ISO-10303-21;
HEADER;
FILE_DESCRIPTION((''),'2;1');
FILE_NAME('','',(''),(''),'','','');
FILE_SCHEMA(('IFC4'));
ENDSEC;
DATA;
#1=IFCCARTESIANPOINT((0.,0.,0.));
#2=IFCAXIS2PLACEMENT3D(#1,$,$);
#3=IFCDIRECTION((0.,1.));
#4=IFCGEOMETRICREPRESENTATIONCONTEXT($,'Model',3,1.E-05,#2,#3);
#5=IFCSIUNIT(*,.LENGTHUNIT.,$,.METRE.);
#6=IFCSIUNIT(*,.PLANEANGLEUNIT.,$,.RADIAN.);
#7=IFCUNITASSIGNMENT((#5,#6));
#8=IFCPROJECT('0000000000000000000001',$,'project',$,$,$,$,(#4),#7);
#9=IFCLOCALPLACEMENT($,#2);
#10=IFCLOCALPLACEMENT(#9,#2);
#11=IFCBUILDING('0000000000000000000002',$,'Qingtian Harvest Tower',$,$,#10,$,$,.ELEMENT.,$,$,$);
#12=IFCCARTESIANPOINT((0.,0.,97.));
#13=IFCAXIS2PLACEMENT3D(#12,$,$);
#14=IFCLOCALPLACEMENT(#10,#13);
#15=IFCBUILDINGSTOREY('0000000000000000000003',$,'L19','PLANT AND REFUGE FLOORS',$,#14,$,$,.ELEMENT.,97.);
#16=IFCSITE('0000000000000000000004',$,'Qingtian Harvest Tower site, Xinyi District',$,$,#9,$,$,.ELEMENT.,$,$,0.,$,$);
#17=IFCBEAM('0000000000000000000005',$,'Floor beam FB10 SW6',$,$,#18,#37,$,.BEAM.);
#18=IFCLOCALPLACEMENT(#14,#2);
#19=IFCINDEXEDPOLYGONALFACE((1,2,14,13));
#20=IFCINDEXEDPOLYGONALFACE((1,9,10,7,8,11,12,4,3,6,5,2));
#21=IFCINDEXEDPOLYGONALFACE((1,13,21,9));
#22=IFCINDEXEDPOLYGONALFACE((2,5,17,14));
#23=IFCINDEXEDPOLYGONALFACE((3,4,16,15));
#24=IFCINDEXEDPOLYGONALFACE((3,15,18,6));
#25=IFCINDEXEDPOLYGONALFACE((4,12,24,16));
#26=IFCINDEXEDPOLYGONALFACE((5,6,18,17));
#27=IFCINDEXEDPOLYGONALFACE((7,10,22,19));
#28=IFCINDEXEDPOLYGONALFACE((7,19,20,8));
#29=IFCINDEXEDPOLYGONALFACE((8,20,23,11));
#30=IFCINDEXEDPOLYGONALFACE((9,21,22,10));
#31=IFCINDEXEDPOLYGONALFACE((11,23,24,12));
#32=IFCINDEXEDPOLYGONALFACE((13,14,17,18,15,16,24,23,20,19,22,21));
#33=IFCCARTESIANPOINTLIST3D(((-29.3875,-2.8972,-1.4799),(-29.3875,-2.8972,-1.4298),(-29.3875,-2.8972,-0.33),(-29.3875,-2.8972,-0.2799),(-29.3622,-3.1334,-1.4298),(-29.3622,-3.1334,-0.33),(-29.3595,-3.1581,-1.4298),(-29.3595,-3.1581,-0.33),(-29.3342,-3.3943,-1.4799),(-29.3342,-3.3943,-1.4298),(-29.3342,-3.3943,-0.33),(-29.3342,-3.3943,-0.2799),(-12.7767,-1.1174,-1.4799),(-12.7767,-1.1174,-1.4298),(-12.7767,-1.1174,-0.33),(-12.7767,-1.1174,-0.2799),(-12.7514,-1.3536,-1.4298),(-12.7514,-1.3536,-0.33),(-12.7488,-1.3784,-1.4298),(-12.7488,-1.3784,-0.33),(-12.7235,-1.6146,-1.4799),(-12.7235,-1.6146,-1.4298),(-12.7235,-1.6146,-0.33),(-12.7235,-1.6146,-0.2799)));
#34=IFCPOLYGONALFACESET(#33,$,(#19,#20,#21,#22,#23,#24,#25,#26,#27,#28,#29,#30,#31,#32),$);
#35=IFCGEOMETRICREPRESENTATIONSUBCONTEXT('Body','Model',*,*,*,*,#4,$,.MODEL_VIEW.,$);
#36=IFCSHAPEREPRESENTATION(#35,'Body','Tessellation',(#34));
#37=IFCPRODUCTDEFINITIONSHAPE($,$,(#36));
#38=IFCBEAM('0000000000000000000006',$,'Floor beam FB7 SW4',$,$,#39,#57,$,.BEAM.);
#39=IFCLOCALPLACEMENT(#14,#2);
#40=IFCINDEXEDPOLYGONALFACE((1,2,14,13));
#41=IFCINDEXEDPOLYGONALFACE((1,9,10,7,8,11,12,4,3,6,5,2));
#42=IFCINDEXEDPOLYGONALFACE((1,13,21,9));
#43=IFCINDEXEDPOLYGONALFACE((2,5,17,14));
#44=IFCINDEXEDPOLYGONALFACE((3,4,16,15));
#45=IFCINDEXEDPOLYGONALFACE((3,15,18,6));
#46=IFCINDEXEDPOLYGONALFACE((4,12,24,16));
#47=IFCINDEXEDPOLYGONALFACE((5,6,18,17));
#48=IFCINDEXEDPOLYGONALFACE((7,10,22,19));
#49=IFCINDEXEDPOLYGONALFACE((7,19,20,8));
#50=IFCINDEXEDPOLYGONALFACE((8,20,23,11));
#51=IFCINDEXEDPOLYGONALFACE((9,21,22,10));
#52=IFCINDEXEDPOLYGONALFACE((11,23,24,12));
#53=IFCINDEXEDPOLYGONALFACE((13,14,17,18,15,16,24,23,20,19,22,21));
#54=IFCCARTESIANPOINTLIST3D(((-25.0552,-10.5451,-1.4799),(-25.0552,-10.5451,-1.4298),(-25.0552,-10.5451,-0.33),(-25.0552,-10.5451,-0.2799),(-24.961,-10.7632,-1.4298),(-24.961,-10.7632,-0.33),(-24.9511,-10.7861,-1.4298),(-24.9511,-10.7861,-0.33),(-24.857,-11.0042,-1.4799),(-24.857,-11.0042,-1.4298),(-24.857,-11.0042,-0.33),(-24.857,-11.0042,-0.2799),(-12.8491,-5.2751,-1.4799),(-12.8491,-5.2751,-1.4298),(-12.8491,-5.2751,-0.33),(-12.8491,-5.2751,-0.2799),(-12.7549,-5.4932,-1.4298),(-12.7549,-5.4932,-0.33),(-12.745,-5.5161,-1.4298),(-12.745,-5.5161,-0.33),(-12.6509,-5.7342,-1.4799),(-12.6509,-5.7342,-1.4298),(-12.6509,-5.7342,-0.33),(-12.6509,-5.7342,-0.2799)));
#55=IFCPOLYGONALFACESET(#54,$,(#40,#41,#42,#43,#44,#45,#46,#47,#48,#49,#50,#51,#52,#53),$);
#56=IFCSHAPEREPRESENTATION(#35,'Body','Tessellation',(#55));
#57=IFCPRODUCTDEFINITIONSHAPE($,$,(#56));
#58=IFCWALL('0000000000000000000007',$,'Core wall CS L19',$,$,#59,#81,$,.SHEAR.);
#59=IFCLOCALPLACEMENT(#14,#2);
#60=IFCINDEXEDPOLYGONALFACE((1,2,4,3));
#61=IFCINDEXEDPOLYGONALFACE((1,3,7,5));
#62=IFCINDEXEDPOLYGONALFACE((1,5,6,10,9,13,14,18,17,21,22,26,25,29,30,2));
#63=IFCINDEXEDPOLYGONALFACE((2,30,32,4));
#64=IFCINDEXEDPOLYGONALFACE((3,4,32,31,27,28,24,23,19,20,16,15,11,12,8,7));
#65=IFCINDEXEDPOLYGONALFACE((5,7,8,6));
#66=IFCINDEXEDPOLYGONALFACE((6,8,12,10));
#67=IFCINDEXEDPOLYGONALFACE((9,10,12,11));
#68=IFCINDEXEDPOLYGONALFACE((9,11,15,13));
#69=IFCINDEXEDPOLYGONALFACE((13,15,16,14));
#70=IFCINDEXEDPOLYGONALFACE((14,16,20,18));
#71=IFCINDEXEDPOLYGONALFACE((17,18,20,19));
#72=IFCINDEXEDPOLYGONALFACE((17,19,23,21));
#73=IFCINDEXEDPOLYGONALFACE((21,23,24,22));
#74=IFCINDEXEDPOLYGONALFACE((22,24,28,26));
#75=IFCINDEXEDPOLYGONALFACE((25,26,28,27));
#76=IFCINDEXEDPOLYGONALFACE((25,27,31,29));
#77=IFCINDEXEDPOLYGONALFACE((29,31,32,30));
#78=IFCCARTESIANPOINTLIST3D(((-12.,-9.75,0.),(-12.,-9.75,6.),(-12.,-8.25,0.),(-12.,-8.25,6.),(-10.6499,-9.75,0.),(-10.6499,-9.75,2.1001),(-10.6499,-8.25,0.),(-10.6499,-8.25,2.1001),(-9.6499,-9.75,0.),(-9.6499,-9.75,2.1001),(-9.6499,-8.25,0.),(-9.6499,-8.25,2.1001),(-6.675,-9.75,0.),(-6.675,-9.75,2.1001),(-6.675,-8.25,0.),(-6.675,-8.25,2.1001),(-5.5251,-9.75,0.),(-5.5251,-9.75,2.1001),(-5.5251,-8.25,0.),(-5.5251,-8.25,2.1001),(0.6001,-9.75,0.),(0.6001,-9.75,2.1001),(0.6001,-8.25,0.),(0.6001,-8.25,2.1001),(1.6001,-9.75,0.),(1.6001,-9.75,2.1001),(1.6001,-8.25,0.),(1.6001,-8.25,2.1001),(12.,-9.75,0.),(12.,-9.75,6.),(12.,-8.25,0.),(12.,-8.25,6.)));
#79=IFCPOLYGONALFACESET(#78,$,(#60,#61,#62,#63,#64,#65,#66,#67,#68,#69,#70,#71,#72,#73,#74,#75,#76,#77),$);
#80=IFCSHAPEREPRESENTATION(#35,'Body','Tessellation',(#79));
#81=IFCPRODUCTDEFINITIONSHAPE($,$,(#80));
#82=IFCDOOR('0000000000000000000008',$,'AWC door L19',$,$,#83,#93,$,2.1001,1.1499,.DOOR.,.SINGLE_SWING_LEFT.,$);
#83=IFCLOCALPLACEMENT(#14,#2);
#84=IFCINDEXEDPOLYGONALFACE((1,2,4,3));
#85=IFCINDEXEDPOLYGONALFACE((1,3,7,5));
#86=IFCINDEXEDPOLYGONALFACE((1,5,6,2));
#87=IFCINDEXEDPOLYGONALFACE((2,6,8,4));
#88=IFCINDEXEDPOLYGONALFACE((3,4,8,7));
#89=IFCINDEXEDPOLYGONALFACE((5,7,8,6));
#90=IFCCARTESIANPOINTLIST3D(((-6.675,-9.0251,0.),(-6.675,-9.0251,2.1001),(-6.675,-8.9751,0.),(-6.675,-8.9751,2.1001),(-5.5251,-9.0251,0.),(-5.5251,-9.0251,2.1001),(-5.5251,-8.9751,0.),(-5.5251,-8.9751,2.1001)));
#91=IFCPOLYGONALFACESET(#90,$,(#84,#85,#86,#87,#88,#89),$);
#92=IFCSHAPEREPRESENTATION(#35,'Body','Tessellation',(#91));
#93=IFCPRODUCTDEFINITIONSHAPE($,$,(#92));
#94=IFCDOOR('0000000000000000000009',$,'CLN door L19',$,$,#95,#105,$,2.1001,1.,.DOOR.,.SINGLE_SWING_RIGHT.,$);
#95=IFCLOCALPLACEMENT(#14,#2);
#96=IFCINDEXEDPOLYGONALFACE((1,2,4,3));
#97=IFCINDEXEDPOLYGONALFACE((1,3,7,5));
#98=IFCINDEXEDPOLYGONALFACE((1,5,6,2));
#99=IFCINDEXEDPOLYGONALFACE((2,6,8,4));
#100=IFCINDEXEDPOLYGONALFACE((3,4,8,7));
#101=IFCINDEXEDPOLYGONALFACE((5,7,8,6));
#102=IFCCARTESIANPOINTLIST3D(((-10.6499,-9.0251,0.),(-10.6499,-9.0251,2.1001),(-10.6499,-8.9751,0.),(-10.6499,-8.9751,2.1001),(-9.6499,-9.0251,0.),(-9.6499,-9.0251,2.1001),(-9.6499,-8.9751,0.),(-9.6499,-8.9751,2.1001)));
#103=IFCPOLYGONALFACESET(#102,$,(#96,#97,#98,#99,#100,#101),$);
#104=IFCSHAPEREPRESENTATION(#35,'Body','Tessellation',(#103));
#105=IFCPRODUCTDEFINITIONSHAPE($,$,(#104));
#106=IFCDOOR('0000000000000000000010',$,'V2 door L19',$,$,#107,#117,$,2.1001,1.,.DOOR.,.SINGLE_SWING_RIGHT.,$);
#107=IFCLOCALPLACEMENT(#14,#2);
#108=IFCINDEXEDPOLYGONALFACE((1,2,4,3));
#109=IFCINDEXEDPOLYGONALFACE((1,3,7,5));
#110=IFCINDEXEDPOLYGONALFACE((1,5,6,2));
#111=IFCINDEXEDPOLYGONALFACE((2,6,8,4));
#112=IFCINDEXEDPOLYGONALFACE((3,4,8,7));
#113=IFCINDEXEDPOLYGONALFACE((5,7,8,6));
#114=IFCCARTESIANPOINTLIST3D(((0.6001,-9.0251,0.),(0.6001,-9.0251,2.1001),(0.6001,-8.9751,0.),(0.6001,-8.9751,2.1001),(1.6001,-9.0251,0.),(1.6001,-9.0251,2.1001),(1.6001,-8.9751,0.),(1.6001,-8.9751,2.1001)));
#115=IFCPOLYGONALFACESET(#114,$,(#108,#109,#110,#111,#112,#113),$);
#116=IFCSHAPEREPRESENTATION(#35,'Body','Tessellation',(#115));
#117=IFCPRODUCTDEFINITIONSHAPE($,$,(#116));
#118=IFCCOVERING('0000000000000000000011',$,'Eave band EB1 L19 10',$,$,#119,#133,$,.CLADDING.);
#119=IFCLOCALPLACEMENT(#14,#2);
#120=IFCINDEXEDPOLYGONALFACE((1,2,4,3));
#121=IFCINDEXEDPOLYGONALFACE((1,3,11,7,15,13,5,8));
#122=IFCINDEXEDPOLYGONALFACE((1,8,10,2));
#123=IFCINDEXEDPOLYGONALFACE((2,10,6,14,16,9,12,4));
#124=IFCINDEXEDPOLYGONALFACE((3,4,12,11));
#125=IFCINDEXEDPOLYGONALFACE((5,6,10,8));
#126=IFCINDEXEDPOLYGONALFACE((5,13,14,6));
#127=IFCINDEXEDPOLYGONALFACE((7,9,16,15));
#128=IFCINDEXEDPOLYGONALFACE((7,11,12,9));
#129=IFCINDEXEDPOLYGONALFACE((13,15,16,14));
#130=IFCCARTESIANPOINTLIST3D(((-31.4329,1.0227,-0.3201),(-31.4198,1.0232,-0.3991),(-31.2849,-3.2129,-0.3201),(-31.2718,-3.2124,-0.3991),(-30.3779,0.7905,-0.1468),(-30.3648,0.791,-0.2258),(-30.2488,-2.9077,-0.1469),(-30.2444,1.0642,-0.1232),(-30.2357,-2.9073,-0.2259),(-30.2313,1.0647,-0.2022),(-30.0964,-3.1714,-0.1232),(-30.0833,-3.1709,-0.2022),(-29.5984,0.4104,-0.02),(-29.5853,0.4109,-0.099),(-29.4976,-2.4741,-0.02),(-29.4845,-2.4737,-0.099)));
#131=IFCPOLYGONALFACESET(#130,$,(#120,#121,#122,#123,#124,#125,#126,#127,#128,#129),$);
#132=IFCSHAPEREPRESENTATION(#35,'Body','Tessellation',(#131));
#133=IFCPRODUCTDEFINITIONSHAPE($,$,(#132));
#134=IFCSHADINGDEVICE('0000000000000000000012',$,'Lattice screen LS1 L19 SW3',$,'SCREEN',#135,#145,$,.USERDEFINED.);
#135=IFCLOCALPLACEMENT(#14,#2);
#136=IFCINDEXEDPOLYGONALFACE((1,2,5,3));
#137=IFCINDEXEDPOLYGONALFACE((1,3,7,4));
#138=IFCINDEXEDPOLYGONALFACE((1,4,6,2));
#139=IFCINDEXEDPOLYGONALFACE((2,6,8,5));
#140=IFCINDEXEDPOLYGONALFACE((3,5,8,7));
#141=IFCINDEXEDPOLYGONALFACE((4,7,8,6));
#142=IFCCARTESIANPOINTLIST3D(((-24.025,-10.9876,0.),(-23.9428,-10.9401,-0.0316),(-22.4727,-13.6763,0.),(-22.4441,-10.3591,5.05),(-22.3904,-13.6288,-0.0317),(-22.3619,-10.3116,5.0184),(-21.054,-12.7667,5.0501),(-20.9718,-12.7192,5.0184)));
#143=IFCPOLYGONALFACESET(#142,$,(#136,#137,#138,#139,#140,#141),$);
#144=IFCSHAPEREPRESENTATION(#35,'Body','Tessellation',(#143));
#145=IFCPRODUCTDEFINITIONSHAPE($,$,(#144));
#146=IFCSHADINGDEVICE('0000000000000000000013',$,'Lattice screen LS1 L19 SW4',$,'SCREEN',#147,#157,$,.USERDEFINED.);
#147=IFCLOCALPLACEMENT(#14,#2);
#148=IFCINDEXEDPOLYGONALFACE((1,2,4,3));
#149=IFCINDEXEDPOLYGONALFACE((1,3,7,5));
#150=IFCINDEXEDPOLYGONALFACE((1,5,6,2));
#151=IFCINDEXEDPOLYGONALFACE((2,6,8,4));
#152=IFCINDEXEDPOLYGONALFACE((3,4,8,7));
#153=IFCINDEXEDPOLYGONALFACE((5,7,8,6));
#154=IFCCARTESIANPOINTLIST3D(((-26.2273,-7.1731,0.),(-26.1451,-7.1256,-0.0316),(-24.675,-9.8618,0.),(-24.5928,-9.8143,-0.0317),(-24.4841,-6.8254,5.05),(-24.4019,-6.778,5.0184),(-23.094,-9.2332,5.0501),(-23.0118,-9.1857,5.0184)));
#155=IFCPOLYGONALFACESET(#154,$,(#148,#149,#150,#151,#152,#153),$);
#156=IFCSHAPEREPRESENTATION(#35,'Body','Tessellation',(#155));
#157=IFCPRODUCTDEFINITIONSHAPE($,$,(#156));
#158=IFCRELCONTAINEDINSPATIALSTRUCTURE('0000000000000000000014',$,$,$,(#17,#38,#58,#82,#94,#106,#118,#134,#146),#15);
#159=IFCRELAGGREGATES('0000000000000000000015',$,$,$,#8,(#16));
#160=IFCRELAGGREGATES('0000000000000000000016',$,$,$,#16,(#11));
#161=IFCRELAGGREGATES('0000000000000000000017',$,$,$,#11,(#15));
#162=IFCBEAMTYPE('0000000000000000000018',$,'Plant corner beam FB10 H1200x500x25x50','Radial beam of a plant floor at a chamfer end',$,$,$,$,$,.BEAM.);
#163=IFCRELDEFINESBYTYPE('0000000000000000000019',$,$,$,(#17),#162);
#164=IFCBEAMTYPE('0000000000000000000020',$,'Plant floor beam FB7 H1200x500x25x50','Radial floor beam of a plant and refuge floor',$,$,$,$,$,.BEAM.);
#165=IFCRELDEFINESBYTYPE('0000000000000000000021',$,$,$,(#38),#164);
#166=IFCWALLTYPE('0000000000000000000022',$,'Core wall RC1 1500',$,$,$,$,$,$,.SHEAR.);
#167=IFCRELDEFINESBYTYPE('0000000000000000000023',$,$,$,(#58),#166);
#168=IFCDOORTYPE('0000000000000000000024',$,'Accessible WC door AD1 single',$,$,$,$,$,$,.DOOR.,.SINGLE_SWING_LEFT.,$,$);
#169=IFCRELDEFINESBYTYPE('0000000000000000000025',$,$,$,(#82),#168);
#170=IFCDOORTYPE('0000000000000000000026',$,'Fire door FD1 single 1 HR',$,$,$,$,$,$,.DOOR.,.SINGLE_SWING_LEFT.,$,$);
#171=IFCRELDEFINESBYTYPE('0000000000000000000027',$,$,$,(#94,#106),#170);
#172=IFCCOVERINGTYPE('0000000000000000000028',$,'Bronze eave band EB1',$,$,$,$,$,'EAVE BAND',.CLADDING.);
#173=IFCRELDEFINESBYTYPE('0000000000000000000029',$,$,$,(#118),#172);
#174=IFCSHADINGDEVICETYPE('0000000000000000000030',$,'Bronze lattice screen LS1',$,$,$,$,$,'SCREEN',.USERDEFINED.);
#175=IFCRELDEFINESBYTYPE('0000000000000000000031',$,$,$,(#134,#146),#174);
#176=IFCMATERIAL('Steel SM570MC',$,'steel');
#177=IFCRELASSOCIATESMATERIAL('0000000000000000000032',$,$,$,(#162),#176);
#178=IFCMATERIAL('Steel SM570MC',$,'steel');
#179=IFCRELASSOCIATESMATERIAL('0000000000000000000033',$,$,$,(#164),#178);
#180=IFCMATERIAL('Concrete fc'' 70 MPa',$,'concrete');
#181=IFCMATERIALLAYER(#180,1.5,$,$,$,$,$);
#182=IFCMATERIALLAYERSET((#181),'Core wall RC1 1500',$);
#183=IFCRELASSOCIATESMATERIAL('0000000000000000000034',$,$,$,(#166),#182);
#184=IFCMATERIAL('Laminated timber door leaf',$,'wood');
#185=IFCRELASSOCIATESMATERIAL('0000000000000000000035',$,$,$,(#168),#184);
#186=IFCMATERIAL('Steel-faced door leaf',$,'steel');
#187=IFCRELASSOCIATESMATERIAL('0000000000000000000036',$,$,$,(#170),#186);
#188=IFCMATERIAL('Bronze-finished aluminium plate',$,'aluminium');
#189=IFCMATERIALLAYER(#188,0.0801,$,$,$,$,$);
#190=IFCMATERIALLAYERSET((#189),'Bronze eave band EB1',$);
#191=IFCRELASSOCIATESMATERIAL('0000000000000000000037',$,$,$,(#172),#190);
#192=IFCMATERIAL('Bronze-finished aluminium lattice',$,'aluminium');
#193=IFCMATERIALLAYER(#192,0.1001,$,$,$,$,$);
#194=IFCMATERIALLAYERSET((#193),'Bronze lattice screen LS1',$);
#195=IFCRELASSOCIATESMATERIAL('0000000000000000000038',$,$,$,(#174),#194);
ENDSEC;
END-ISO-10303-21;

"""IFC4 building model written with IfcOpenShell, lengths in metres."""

from ifc_helpers import new_model, si_unit, direction, frame, frame_2d, origin, origin_2d, place, context, subcontext, project, spatial, polyline, rectangle, i_section, outline, extrude, material, layer, layer_set, material_profile, profile_set, type_object, element, fill, save


model = new_model("IFC4")

# Units and contexts
model_context = context("Model", 3, precision=1e-05, world=origin(), true_north=direction((0.0, 1.0)))
body_context = subcontext(model_context, "Body", "Model", "MODEL_VIEW")
ifc_project = project(units=[si_unit("LENGTHUNIT", "METRE"), si_unit("PLANEANGLEUNIT", "RADIAN")], contexts=[model_context])

# Site, building, storey
site_placement = place(None, origin())
site = spatial("IfcSite", under=ifc_project, at=site_placement, Name="Qingtian Harvest Tower site, Xinyi District", CompositionType="ELEMENT", RefElevation=0.0)
building_placement = place(site_placement, origin())
building = spatial("IfcBuilding", under=site, at=building_placement, Name="Qingtian Harvest Tower", CompositionType="ELEMENT")
storey_placement = place(building_placement, frame((0.0, 0.0, 97.0)))
storey = spatial("IfcBuildingStorey", under=building, at=storey_placement, Name="L19", Description="PLANT AND REFUGE FLOORS", CompositionType="ELEMENT", Elevation=97.0)

# Beams
ifc_material_1 = material(Name="Steel SM570MC", Category="steel")
ifc_material_profile_1 = material_profile(ifc_material_1, i_section(OverallWidth=0.5, OverallDepth=1.2, WebThickness=0.0249, FlangeThickness=0.05, at=origin_2d()), Name="H1200x500x25x50")
ifc_profile_set_1 = profile_set([ifc_material_profile_1], Name="Steel SM570MC")
beam_type_1 = type_object("IfcBeamType", Name="Plant corner beam FB10 H1200x500x25x50", Description="Radial beam of a plant floor at a chamfer end", PredefinedType="BEAM", material=ifc_profile_set_1)
beam_1_placement = place(storey_placement, frame((-29.3608, -3.1458, -0.8799), z_axis=(0.994309, 0.106536, 0.0), x_axis=(-0.106536, 0.994309, 0.0)))
element("IfcBeam", 1, at=beam_1_placement, inside=storey, type_object=beam_type_1, Name="Floor beam FB10 SW6", PredefinedType="BEAM", context=body_context, shape_type="SweptSolid", body=[
    extrude(i_section(OverallWidth=0.5, OverallDepth=1.2, WebThickness=0.0249, FlangeThickness=0.05, at=origin_2d()), origin(), (0.0, 0.0, 1.0), 16.7058),
])
ifc_material_2 = material(Name="Steel SM570MC", Category="steel")
ifc_material_profile_2 = material_profile(ifc_material_2, i_section(OverallWidth=0.5, OverallDepth=1.2, WebThickness=0.0249, FlangeThickness=0.05, at=origin_2d()), Name="H1200x500x25x50")
ifc_profile_set_2 = profile_set([ifc_material_profile_2], Name="Steel SM570MC")
beam_type_2 = type_object("IfcBeamType", Name="Plant floor beam FB7 H1200x500x25x50", Description="Radial floor beam of a plant and refuge floor", PredefinedType="BEAM", material=ifc_profile_set_2)
beam_2_placement = place(storey_placement, frame((-24.9561, -10.7747, -0.8799), z_axis=(0.918084, 0.396387, 0.0), x_axis=(-0.396387, 0.918084, 0.0)))
element("IfcBeam", 2, at=beam_2_placement, inside=storey, type_object=beam_type_2, Name="Floor beam FB7 SW4", PredefinedType="BEAM", context=body_context, shape_type="SweptSolid", body=[
    extrude(i_section(OverallWidth=0.5, OverallDepth=1.2, WebThickness=0.0249, FlangeThickness=0.05, at=origin_2d()), origin(), (0.0, 0.0, 1.0), 13.2952),
])

# Wall, openings, doors
ifc_material_3 = material(Name="Concrete fc' 70 MPa", Category="concrete")
ifc_layer_1 = layer(ifc_material_3, 1.5)
ifc_layer_set_1 = layer_set([ifc_layer_1], Name="Core wall RC1 1500")
wall_type = type_object("IfcWallType", Name="Core wall RC1 1500", PredefinedType="SHEAR", material=ifc_layer_set_1)
wall_placement = place(storey_placement, frame((-12.0, -9.0, 0.0), z_axis=(0.0, 0.0, 1.0), x_axis=(1.0, 0.0, 0.0)))
wall = element("IfcWall", 3, at=wall_placement, inside=storey, type_object=wall_type, Name="Core wall CS L19", PredefinedType="SHEAR", context=body_context, shape_type="SweptSolid", body=[
    extrude(rectangle(XDim=24.0, YDim=1.5, at=frame_2d((12.0, 0.0))), origin(), (0.0, 0.0, 1.0), 6.0),
])
opening_1_placement = place(wall_placement, frame((1.3501, 0.0, 0.0)))
opening_1 = element("IfcOpeningElement", 4, at=opening_1_placement, cuts=wall, PredefinedType="OPENING", context=body_context, shape_type="SweptSolid", body=[
    extrude(rectangle(XDim=1.0, YDim=2.1001, at=frame_2d((0.5, 1.05))), frame((0.0, 0.76, 0.0), z_axis=(0.0, -1.0, 0.0), x_axis=(1.0, 0.0, 0.0)), (0.0, 0.0, 1.0), 1.52),
])
opening_2_placement = place(wall_placement, frame((5.325, 0.0, 0.0)))
opening_2 = element("IfcOpeningElement", 5, at=opening_2_placement, cuts=wall, PredefinedType="OPENING", context=body_context, shape_type="SweptSolid", body=[
    extrude(rectangle(XDim=1.1499, YDim=2.1001, at=frame_2d((0.575, 1.05))), frame((0.0, 0.76, 0.0), z_axis=(0.0, -1.0, 0.0), x_axis=(1.0, 0.0, 0.0)), (0.0, 0.0, 1.0), 1.52),
])
opening_3_placement = place(wall_placement, frame((12.6001, 0.0, 0.0)))
opening_3 = element("IfcOpeningElement", 6, at=opening_3_placement, cuts=wall, PredefinedType="OPENING", context=body_context, shape_type="SweptSolid", body=[
    extrude(rectangle(XDim=1.0, YDim=2.1001, at=frame_2d((0.5, 1.05))), frame((0.0, 0.76, 0.0), z_axis=(0.0, -1.0, 0.0), x_axis=(1.0, 0.0, 0.0)), (0.0, 0.0, 1.0), 1.52),
])
ifc_material_4 = material(Name="Laminated timber door leaf", Category="wood")
door_type_1 = type_object("IfcDoorType", Name="Accessible WC door AD1 single", OperationType="SINGLE_SWING_LEFT", PredefinedType="DOOR", material=ifc_material_4)
door_1_placement = place(opening_2_placement, origin())
door_1 = element("IfcDoor", 7, at=door_1_placement, inside=storey, type_object=door_type_1, Name="AWC door L19", OperationType="SINGLE_SWING_LEFT", OverallHeight=2.1001, OverallWidth=1.1499, PredefinedType="DOOR", context=body_context, shape_type="SweptSolid", body=[
    extrude(rectangle(XDim=1.1499, YDim=2.1001, at=frame_2d((0.575, 1.05))), frame((0.0, 0.0249, 0.0), z_axis=(0.0, -1.0, 0.0), x_axis=(1.0, 0.0, 0.0)), (0.0, 0.0, 1.0), 0.05),
])
fill(opening_2, door_1)
ifc_material_5 = material(Name="Steel-faced door leaf", Category="steel")
door_type_2 = type_object("IfcDoorType", Name="Fire door FD1 single 1 HR", OperationType="SINGLE_SWING_LEFT", PredefinedType="DOOR", material=ifc_material_5)
door_2_placement = place(opening_1_placement, origin())
door_2 = element("IfcDoor", 8, at=door_2_placement, inside=storey, type_object=door_type_2, Name="CLN door L19", OperationType="SINGLE_SWING_RIGHT", OverallHeight=2.1001, OverallWidth=1.0, PredefinedType="DOOR", context=body_context, shape_type="SweptSolid", body=[
    extrude(rectangle(XDim=1.0, YDim=2.1001, at=frame_2d((0.5, 1.05))), frame((0.0, 0.0249, 0.0), z_axis=(0.0, -1.0, 0.0), x_axis=(1.0, 0.0, 0.0)), (0.0, 0.0, 1.0), 0.05),
])
fill(opening_1, door_2)
door_3_placement = place(opening_3_placement, origin())
door_3 = element("IfcDoor", 9, at=door_3_placement, inside=storey, type_object=door_type_2, Name="V2 door L19", OperationType="SINGLE_SWING_RIGHT", OverallHeight=2.1001, OverallWidth=1.0, PredefinedType="DOOR", context=body_context, shape_type="SweptSolid", body=[
    extrude(rectangle(XDim=1.0, YDim=2.1001, at=frame_2d((0.5, 1.05))), frame((0.0, 0.0249, 0.0), z_axis=(0.0, -1.0, 0.0), x_axis=(1.0, 0.0, 0.0)), (0.0, 0.0, 1.0), 0.05),
])
fill(opening_3, door_3)

# Covering
ifc_material_6 = material(Name="Bronze-finished aluminium plate", Category="aluminium")
ifc_layer_2 = layer(ifc_material_6, 0.0801)
ifc_layer_set_2 = layer_set([ifc_layer_2], Name="Bronze eave band EB1")
covering_type = type_object("IfcCoveringType", Name="Bronze eave band EB1", ElementType="EAVE BAND", PredefinedType="CLADDING", material=ifc_layer_set_2)
covering_placement = place(storey_placement, frame((-29.4976, -2.4741, -0.02), z_axis=(-0.163278, -0.005704, 0.986564), x_axis=(-0.856968, -0.494642, -0.144689)))
element("IfcCovering", 10, at=covering_placement, inside=storey, type_object=covering_type, Name="Eave band EB1 L19 10", PredefinedType="CLADDING", context=body_context, shape_type="SweptSolid", body=[
    extrude(outline(polyline([(0.0, 0.0), (0.8766, 0.0), (0.873, 0.3054), (1.9405, -0.2544), (-0.0278, -4.0078), (-1.0953, -3.448), (-0.842, -3.2772), (-1.3404, -2.5562), (0.0, 0.0)])), origin(), (0.0, 0.0, -1.0), 0.0801),
])

# Shading devices
ifc_material_7 = material(Name="Bronze-finished aluminium lattice", Category="aluminium")
ifc_layer_3 = layer(ifc_material_7, 0.1001)
ifc_layer_set_3 = layer_set([ifc_layer_3], Name="Bronze lattice screen LS1")
shading_device_type = type_object("IfcShadingDeviceType", Name="Bronze lattice screen LS1", ElementType="SCREEN", PredefinedType="USERDEFINED", material=ifc_layer_set_3)
shading_device_1_placement = place(storey_placement, frame((-22.4727, -13.6763, 0.0), z_axis=(-0.821577, -0.474353, 0.316227), x_axis=(-0.500009, 0.86602, 0.000012)))
element("IfcShadingDevice", 11, at=shading_device_1_placement, inside=storey, type_object=shading_device_type, Name="Lattice screen LS1 L19 SW3", ObjectType="SCREEN", PredefinedType="USERDEFINED", context=body_context, shape_type="SweptSolid", body=[
    extrude(outline(polyline([(0.0, 0.0), (3.1046, 0.0), (2.8585, -5.3232), (0.0785, -5.3233), (0.0, 0.0)])), origin(), (0.0, 0.0, -1.0), 0.1001),
])
shading_device_2_placement = place(storey_placement, frame((-24.675, -9.8618, 0.0), z_axis=(-0.821579, -0.474332, 0.316255), x_axis=(-0.499993, 0.86603, 0.000005)))
element("IfcShadingDevice", 12, at=shading_device_2_placement, inside=storey, type_object=shading_device_type, Name="Lattice screen LS1 L19 SW4", ObjectType="SCREEN", PredefinedType="USERDEFINED", context=body_context, shape_type="SweptSolid", body=[
    extrude(outline(polyline([(0.0, 0.0), (3.1046, 0.0), (2.5342, -5.3233), (-0.246, -5.3233), (0.0, 0.0)])), origin(), (0.0, 0.0, -1.0), 0.1001),
])

save(model, "model.ifc")
